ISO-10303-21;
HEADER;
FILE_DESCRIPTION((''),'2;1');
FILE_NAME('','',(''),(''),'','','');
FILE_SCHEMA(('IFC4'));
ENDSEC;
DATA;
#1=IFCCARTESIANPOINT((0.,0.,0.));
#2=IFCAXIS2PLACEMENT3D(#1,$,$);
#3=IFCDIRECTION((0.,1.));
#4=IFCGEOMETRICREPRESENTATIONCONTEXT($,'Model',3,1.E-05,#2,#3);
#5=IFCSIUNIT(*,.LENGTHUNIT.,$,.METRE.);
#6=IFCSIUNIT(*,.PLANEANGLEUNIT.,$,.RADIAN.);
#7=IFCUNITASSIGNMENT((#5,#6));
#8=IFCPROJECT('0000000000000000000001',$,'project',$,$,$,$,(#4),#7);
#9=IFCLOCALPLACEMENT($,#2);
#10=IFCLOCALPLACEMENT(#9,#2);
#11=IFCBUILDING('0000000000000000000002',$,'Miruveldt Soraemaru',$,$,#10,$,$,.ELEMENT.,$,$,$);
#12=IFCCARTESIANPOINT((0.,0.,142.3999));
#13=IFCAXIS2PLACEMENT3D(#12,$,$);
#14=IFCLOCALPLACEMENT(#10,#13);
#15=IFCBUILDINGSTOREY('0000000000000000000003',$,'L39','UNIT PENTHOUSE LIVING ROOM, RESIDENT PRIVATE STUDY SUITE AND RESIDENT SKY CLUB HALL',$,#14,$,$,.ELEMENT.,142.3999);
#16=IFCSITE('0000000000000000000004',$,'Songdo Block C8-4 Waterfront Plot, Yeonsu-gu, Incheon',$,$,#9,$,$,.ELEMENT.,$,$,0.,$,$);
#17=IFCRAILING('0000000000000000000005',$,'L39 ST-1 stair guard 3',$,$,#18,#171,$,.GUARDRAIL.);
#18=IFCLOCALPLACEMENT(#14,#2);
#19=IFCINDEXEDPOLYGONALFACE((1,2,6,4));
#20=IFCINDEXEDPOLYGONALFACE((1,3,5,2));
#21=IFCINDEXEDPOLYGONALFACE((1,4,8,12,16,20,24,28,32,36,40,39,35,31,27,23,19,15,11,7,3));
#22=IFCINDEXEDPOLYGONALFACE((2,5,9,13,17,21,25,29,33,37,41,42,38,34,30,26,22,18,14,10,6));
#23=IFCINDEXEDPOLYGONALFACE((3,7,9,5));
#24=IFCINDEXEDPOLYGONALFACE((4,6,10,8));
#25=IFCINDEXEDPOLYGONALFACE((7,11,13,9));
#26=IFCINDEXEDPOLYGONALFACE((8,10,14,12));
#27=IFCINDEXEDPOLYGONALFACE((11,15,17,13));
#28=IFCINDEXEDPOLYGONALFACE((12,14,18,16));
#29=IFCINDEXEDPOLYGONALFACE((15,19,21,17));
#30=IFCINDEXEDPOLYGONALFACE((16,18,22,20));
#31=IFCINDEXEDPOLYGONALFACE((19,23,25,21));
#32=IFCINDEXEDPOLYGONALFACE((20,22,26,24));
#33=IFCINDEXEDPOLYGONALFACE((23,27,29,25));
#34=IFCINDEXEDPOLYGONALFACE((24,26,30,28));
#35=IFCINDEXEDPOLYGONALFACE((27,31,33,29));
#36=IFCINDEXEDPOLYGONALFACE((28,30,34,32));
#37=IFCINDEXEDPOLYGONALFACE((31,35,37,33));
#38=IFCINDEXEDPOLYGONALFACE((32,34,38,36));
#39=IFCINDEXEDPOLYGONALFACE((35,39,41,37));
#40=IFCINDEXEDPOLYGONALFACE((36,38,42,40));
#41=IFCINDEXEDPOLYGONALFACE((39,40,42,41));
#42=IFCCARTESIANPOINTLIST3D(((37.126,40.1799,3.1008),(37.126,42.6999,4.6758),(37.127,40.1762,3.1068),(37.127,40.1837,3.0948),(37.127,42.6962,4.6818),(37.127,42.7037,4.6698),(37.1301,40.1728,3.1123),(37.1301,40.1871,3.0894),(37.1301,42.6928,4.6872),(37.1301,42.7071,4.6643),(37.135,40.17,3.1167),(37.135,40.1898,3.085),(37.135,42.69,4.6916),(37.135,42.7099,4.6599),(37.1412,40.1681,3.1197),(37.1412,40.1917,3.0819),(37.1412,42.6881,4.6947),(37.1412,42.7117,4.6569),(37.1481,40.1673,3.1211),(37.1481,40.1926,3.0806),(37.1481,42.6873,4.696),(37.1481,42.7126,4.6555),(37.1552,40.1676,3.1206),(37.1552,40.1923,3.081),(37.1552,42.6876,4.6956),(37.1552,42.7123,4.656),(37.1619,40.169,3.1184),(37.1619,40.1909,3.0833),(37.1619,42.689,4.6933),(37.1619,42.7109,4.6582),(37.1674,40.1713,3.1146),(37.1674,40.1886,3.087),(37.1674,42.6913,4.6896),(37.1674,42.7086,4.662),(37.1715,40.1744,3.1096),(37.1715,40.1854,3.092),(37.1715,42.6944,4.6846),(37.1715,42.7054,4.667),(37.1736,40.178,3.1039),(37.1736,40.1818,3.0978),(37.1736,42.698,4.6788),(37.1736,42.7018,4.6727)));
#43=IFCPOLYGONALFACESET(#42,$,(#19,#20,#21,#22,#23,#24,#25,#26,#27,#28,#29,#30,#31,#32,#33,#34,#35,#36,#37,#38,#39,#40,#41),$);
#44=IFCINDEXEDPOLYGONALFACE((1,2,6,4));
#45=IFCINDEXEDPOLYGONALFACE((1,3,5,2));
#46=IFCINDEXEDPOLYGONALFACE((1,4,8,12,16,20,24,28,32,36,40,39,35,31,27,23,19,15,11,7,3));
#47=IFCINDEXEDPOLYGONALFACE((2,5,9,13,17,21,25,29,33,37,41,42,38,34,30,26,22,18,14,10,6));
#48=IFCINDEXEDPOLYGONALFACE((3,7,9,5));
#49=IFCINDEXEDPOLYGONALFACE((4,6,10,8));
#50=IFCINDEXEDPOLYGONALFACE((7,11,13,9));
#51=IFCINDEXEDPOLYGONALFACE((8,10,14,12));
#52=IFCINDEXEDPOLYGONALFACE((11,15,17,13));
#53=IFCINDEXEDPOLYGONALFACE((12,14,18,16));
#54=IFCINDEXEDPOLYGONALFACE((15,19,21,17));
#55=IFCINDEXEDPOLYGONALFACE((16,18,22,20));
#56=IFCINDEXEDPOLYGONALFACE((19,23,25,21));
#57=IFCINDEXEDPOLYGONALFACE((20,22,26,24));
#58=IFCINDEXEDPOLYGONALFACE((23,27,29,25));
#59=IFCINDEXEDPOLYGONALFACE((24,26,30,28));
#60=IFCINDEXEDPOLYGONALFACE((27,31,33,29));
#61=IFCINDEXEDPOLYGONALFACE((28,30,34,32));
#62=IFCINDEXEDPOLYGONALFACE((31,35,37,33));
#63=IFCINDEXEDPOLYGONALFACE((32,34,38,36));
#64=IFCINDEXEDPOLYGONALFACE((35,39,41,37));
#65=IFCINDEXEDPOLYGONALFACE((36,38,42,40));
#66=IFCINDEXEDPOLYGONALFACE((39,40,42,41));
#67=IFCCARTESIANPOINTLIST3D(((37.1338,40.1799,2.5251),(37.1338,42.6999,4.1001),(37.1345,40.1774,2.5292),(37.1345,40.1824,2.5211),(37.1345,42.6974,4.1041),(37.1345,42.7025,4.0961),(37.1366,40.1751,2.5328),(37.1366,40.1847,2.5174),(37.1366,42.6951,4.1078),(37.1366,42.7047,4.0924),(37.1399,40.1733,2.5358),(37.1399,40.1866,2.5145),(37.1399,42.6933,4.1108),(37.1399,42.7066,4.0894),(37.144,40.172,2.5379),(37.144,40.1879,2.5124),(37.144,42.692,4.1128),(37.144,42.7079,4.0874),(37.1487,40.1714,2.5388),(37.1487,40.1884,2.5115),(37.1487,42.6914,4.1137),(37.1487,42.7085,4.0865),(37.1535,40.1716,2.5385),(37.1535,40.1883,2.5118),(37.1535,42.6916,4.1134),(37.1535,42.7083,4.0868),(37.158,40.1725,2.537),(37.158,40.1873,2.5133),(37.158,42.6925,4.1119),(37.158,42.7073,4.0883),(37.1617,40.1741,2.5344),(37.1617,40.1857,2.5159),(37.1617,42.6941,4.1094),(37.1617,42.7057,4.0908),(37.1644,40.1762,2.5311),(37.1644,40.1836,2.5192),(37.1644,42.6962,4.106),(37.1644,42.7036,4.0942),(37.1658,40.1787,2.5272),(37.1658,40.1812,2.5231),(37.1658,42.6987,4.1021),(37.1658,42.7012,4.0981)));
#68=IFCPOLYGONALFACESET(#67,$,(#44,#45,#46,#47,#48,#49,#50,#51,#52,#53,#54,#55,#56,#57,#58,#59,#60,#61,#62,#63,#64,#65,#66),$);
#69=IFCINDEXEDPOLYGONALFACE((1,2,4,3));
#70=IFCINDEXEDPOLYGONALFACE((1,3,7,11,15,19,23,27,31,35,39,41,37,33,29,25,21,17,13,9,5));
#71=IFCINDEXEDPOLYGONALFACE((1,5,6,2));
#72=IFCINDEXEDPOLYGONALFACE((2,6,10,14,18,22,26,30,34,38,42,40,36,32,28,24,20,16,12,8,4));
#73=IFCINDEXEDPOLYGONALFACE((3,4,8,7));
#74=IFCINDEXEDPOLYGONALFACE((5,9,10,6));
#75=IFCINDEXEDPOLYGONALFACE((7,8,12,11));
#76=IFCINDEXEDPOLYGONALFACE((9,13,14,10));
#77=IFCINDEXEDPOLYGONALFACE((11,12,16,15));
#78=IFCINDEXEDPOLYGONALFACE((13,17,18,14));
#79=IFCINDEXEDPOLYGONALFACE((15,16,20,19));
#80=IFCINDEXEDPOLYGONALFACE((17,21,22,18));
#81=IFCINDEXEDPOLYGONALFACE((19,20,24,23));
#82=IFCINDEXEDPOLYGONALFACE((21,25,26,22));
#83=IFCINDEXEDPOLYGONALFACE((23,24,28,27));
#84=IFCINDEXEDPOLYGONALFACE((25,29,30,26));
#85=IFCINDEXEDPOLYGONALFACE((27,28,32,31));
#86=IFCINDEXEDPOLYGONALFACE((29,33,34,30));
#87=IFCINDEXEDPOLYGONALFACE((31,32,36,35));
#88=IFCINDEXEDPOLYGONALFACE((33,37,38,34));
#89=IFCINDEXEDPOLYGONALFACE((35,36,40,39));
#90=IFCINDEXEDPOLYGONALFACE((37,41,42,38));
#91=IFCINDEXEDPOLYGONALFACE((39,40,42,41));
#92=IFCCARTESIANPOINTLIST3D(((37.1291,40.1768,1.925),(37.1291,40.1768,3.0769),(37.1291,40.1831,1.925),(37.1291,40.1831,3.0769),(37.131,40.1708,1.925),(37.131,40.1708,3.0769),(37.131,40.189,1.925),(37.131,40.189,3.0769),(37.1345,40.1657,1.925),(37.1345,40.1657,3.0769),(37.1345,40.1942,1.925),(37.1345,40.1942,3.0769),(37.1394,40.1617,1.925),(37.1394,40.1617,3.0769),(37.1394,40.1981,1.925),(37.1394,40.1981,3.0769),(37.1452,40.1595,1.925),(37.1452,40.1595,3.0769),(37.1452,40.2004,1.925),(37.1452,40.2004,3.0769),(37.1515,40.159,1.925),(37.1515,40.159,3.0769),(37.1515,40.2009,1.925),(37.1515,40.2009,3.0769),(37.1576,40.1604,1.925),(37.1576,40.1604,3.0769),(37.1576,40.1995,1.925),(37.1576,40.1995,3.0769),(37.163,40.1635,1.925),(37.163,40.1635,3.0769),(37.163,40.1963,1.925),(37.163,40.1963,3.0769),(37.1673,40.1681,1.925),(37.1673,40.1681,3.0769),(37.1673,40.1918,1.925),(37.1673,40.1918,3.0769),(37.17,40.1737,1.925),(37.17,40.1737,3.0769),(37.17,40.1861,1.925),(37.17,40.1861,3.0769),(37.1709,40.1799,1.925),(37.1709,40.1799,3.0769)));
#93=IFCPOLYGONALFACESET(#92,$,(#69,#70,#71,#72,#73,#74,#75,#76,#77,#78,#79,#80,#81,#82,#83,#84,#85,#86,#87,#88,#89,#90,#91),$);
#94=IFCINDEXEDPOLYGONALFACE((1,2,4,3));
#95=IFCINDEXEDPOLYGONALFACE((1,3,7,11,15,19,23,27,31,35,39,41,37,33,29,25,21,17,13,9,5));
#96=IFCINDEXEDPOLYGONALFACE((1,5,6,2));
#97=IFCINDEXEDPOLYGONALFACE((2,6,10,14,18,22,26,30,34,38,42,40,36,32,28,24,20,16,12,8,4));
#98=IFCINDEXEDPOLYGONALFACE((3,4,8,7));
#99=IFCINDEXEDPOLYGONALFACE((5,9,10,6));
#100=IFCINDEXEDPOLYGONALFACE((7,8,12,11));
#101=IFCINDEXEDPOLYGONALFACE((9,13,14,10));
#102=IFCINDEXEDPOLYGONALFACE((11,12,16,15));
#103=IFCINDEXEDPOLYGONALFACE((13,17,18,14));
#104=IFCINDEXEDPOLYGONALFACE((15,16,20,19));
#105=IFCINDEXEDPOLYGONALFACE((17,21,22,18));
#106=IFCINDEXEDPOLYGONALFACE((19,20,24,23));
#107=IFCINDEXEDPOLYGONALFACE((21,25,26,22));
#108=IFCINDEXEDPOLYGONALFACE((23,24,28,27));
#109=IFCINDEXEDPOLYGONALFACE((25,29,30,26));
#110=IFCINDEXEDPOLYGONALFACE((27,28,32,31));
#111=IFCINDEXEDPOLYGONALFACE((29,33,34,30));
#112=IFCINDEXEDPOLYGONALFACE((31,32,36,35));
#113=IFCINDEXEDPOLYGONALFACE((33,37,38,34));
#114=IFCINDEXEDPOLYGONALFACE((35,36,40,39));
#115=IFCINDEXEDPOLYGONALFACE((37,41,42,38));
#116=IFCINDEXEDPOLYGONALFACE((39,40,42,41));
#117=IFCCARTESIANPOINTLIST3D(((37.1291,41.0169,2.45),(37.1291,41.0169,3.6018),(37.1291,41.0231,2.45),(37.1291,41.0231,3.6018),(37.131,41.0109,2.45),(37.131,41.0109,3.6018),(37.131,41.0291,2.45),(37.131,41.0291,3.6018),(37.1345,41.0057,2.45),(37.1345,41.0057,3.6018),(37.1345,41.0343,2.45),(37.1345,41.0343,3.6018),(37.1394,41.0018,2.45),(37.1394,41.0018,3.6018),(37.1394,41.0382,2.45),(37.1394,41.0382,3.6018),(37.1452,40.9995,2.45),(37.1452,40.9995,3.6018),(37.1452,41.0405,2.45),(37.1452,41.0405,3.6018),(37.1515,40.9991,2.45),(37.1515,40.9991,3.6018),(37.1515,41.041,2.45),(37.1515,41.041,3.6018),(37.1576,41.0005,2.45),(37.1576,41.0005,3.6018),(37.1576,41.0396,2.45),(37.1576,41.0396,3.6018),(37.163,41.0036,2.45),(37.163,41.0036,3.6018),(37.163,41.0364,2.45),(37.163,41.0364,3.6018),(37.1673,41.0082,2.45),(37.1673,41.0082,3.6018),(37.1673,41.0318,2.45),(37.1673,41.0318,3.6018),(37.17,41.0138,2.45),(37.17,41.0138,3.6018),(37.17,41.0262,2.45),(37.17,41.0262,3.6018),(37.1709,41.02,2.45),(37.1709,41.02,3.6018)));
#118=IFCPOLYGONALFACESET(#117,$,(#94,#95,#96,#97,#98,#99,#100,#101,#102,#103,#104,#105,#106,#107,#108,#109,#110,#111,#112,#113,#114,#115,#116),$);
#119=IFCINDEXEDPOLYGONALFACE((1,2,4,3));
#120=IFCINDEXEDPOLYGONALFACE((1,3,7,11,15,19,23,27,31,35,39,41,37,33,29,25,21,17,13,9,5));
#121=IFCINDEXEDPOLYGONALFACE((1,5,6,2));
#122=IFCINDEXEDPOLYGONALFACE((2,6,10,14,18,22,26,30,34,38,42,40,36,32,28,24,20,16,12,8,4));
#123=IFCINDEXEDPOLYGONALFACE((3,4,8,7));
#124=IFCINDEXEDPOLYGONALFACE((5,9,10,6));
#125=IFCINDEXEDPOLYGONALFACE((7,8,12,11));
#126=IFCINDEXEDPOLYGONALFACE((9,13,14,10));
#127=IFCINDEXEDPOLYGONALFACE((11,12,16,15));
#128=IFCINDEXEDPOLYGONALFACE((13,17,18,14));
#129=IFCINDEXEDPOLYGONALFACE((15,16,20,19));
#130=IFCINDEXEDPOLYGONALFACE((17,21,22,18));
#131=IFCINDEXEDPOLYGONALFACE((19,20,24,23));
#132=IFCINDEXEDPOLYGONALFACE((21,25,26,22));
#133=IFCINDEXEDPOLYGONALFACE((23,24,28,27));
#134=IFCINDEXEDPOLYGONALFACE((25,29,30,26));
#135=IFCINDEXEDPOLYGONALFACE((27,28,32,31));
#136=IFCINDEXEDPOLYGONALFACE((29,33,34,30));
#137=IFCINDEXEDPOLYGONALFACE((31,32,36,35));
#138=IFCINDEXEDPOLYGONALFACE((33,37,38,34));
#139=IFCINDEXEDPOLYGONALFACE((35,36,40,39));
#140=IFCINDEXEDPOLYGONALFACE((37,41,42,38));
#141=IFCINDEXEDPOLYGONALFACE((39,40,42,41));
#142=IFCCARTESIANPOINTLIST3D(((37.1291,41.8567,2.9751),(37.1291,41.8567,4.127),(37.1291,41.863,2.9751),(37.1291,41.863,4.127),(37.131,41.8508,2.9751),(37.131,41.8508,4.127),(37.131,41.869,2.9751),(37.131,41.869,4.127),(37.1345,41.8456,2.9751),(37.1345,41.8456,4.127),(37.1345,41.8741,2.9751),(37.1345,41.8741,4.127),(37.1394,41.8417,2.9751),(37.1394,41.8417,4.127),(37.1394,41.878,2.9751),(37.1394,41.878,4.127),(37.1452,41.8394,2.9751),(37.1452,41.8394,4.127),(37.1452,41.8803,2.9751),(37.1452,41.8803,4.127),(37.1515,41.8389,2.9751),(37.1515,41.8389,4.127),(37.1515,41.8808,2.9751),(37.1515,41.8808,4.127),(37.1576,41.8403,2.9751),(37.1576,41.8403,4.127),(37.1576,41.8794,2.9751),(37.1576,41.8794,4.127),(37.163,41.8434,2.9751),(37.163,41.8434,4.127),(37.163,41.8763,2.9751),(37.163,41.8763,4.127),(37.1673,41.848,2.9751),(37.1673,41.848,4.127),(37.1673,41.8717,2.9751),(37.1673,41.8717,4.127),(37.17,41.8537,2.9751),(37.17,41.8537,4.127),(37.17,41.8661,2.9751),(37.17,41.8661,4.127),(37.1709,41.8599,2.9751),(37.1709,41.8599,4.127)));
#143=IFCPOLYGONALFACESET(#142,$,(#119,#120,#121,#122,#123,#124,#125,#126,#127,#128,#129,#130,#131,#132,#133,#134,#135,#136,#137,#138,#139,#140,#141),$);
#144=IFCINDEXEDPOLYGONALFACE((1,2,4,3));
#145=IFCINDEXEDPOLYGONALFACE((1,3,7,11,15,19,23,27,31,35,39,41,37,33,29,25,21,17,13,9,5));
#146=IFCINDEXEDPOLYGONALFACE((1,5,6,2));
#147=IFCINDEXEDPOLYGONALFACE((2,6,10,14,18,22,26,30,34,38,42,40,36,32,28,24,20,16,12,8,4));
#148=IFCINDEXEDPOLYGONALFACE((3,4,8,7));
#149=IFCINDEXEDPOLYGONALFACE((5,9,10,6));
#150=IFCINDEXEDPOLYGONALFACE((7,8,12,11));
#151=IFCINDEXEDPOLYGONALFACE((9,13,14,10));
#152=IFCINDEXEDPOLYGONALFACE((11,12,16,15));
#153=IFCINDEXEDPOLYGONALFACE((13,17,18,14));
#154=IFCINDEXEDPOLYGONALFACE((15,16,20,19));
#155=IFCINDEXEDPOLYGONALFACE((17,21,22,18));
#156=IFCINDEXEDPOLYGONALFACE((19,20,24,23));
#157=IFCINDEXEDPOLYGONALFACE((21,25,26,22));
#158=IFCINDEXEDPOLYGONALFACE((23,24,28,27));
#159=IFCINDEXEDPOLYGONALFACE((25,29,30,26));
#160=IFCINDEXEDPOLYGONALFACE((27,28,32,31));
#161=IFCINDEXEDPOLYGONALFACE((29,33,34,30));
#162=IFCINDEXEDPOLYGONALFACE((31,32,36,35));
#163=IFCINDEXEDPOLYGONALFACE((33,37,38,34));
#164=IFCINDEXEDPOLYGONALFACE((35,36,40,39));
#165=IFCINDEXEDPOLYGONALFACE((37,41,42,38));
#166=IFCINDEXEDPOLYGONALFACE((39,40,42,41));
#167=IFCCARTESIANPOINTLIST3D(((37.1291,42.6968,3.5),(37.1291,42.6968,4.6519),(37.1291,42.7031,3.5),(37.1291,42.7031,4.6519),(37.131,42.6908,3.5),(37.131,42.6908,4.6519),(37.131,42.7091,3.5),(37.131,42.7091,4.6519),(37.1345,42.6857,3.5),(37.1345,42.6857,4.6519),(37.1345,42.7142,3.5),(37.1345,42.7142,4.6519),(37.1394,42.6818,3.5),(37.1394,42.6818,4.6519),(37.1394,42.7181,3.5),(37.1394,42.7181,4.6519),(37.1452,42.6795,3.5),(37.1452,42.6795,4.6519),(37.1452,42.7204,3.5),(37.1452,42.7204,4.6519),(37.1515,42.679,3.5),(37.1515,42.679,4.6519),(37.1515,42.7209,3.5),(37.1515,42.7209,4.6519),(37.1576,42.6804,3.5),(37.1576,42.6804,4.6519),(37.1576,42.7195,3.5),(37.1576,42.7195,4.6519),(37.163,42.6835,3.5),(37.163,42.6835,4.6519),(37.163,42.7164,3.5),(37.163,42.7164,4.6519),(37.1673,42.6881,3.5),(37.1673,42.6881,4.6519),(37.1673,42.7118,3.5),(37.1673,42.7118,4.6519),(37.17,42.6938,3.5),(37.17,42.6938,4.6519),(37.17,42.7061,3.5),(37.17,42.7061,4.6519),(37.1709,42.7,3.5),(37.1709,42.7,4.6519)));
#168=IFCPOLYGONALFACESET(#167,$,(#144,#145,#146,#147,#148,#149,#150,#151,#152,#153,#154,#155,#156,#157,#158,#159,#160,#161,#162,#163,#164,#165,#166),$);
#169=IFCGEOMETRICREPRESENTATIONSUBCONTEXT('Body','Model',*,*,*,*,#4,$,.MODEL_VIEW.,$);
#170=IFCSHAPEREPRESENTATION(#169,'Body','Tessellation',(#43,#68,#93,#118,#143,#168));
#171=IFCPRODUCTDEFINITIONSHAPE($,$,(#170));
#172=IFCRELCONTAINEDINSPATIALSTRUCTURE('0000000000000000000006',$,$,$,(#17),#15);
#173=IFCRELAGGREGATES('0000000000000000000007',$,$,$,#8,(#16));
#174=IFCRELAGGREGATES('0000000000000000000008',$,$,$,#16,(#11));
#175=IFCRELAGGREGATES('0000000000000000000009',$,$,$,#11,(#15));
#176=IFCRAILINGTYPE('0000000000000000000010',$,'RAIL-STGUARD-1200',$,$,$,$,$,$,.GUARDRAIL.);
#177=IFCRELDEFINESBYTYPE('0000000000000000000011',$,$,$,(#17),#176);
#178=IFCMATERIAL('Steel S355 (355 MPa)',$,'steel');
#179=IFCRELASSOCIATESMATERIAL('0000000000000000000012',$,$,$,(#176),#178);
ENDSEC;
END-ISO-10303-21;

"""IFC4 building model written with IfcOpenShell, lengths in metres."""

from ifc_helpers import new_model, si_unit, direction, frame, origin, origin_2d, place, context, subcontext, project, spatial, circle, extrude, material, type_object, element, save


model = new_model("IFC4")

# Units and contexts
model_context = context("Model", 3, precision=1e-05, world=origin(), true_north=direction((0.0, 1.0)))
body_context = subcontext(model_context, "Body", "Model", "MODEL_VIEW")
ifc_project = project(units=[si_unit("LENGTHUNIT", "METRE"), si_unit("PLANEANGLEUNIT", "RADIAN")], contexts=[model_context])

# Site, building, storey
site_placement = place(None, origin())
site = spatial("IfcSite", under=ifc_project, at=site_placement, Name="Songdo Block C8-4 Waterfront Plot, Yeonsu-gu, Incheon", CompositionType="ELEMENT", RefElevation=0.0)
building_placement = place(site_placement, origin())
building = spatial("IfcBuilding", under=site, at=building_placement, Name="Miruveldt Soraemaru", CompositionType="ELEMENT")
storey_placement = place(building_placement, frame((0.0, 0.0, 142.3999)))
storey = spatial("IfcBuildingStorey", under=building, at=storey_placement, Name="L39", Description="UNIT PENTHOUSE LIVING ROOM, RESIDENT PRIVATE STUDY SUITE AND RESIDENT SKY CLUB HALL", CompositionType="ELEMENT", Elevation=142.3999)

# Railing
ifc_material_1 = material(Name="Steel S355 (355 MPa)", Category="steel")
railing_type_1 = type_object("IfcRailingType", Name="RAIL-STGUARD-1200", PredefinedType="GUARDRAIL", material=ifc_material_1)
railing_1_placement = place(storey_placement, frame((37.1499, 40.1799, 1.925)))
element("IfcRailing", 1, at=railing_1_placement, inside=storey, type_object=railing_type_1, Name="L39 ST-1 stair guard 3", PredefinedType="GUARDRAIL", context=body_context, shape_type="SweptSolid", body=[
    extrude(circle(Radius=0.0239, at=origin_2d()), frame((0.0, 0.0, 1.1758), z_axis=(0.0, 0.848008, 0.529984), x_axis=(-1.0, 0.0, 0.0)), (0.0, 0.0, 1.0), 2.9717),
    extrude(circle(Radius=0.0161, at=origin_2d()), frame((0.0, 0.0, 0.6001), z_axis=(0.0, 0.848008, 0.529984), x_axis=(-1.0, 0.0, 0.0)), (0.0, 0.0, 1.0), 2.9717),
    extrude(circle(Radius=0.021, at=origin_2d()), origin(), (0.0, 0.0, 1.0), 1.1519),
    extrude(circle(Radius=0.021, at=origin_2d()), frame((0.0, 0.8401, 0.5249)), (0.0, 0.0, 1.0), 1.1519),
    extrude(circle(Radius=0.021, at=origin_2d()), frame((0.0, 1.6799, 1.05)), (0.0, 0.0, 1.0), 1.1519),
    extrude(circle(Radius=0.021, at=origin_2d()), frame((0.0, 2.52, 1.575)), (0.0, 0.0, 1.0), 1.1519),
])

save(model, "model.ifc")
